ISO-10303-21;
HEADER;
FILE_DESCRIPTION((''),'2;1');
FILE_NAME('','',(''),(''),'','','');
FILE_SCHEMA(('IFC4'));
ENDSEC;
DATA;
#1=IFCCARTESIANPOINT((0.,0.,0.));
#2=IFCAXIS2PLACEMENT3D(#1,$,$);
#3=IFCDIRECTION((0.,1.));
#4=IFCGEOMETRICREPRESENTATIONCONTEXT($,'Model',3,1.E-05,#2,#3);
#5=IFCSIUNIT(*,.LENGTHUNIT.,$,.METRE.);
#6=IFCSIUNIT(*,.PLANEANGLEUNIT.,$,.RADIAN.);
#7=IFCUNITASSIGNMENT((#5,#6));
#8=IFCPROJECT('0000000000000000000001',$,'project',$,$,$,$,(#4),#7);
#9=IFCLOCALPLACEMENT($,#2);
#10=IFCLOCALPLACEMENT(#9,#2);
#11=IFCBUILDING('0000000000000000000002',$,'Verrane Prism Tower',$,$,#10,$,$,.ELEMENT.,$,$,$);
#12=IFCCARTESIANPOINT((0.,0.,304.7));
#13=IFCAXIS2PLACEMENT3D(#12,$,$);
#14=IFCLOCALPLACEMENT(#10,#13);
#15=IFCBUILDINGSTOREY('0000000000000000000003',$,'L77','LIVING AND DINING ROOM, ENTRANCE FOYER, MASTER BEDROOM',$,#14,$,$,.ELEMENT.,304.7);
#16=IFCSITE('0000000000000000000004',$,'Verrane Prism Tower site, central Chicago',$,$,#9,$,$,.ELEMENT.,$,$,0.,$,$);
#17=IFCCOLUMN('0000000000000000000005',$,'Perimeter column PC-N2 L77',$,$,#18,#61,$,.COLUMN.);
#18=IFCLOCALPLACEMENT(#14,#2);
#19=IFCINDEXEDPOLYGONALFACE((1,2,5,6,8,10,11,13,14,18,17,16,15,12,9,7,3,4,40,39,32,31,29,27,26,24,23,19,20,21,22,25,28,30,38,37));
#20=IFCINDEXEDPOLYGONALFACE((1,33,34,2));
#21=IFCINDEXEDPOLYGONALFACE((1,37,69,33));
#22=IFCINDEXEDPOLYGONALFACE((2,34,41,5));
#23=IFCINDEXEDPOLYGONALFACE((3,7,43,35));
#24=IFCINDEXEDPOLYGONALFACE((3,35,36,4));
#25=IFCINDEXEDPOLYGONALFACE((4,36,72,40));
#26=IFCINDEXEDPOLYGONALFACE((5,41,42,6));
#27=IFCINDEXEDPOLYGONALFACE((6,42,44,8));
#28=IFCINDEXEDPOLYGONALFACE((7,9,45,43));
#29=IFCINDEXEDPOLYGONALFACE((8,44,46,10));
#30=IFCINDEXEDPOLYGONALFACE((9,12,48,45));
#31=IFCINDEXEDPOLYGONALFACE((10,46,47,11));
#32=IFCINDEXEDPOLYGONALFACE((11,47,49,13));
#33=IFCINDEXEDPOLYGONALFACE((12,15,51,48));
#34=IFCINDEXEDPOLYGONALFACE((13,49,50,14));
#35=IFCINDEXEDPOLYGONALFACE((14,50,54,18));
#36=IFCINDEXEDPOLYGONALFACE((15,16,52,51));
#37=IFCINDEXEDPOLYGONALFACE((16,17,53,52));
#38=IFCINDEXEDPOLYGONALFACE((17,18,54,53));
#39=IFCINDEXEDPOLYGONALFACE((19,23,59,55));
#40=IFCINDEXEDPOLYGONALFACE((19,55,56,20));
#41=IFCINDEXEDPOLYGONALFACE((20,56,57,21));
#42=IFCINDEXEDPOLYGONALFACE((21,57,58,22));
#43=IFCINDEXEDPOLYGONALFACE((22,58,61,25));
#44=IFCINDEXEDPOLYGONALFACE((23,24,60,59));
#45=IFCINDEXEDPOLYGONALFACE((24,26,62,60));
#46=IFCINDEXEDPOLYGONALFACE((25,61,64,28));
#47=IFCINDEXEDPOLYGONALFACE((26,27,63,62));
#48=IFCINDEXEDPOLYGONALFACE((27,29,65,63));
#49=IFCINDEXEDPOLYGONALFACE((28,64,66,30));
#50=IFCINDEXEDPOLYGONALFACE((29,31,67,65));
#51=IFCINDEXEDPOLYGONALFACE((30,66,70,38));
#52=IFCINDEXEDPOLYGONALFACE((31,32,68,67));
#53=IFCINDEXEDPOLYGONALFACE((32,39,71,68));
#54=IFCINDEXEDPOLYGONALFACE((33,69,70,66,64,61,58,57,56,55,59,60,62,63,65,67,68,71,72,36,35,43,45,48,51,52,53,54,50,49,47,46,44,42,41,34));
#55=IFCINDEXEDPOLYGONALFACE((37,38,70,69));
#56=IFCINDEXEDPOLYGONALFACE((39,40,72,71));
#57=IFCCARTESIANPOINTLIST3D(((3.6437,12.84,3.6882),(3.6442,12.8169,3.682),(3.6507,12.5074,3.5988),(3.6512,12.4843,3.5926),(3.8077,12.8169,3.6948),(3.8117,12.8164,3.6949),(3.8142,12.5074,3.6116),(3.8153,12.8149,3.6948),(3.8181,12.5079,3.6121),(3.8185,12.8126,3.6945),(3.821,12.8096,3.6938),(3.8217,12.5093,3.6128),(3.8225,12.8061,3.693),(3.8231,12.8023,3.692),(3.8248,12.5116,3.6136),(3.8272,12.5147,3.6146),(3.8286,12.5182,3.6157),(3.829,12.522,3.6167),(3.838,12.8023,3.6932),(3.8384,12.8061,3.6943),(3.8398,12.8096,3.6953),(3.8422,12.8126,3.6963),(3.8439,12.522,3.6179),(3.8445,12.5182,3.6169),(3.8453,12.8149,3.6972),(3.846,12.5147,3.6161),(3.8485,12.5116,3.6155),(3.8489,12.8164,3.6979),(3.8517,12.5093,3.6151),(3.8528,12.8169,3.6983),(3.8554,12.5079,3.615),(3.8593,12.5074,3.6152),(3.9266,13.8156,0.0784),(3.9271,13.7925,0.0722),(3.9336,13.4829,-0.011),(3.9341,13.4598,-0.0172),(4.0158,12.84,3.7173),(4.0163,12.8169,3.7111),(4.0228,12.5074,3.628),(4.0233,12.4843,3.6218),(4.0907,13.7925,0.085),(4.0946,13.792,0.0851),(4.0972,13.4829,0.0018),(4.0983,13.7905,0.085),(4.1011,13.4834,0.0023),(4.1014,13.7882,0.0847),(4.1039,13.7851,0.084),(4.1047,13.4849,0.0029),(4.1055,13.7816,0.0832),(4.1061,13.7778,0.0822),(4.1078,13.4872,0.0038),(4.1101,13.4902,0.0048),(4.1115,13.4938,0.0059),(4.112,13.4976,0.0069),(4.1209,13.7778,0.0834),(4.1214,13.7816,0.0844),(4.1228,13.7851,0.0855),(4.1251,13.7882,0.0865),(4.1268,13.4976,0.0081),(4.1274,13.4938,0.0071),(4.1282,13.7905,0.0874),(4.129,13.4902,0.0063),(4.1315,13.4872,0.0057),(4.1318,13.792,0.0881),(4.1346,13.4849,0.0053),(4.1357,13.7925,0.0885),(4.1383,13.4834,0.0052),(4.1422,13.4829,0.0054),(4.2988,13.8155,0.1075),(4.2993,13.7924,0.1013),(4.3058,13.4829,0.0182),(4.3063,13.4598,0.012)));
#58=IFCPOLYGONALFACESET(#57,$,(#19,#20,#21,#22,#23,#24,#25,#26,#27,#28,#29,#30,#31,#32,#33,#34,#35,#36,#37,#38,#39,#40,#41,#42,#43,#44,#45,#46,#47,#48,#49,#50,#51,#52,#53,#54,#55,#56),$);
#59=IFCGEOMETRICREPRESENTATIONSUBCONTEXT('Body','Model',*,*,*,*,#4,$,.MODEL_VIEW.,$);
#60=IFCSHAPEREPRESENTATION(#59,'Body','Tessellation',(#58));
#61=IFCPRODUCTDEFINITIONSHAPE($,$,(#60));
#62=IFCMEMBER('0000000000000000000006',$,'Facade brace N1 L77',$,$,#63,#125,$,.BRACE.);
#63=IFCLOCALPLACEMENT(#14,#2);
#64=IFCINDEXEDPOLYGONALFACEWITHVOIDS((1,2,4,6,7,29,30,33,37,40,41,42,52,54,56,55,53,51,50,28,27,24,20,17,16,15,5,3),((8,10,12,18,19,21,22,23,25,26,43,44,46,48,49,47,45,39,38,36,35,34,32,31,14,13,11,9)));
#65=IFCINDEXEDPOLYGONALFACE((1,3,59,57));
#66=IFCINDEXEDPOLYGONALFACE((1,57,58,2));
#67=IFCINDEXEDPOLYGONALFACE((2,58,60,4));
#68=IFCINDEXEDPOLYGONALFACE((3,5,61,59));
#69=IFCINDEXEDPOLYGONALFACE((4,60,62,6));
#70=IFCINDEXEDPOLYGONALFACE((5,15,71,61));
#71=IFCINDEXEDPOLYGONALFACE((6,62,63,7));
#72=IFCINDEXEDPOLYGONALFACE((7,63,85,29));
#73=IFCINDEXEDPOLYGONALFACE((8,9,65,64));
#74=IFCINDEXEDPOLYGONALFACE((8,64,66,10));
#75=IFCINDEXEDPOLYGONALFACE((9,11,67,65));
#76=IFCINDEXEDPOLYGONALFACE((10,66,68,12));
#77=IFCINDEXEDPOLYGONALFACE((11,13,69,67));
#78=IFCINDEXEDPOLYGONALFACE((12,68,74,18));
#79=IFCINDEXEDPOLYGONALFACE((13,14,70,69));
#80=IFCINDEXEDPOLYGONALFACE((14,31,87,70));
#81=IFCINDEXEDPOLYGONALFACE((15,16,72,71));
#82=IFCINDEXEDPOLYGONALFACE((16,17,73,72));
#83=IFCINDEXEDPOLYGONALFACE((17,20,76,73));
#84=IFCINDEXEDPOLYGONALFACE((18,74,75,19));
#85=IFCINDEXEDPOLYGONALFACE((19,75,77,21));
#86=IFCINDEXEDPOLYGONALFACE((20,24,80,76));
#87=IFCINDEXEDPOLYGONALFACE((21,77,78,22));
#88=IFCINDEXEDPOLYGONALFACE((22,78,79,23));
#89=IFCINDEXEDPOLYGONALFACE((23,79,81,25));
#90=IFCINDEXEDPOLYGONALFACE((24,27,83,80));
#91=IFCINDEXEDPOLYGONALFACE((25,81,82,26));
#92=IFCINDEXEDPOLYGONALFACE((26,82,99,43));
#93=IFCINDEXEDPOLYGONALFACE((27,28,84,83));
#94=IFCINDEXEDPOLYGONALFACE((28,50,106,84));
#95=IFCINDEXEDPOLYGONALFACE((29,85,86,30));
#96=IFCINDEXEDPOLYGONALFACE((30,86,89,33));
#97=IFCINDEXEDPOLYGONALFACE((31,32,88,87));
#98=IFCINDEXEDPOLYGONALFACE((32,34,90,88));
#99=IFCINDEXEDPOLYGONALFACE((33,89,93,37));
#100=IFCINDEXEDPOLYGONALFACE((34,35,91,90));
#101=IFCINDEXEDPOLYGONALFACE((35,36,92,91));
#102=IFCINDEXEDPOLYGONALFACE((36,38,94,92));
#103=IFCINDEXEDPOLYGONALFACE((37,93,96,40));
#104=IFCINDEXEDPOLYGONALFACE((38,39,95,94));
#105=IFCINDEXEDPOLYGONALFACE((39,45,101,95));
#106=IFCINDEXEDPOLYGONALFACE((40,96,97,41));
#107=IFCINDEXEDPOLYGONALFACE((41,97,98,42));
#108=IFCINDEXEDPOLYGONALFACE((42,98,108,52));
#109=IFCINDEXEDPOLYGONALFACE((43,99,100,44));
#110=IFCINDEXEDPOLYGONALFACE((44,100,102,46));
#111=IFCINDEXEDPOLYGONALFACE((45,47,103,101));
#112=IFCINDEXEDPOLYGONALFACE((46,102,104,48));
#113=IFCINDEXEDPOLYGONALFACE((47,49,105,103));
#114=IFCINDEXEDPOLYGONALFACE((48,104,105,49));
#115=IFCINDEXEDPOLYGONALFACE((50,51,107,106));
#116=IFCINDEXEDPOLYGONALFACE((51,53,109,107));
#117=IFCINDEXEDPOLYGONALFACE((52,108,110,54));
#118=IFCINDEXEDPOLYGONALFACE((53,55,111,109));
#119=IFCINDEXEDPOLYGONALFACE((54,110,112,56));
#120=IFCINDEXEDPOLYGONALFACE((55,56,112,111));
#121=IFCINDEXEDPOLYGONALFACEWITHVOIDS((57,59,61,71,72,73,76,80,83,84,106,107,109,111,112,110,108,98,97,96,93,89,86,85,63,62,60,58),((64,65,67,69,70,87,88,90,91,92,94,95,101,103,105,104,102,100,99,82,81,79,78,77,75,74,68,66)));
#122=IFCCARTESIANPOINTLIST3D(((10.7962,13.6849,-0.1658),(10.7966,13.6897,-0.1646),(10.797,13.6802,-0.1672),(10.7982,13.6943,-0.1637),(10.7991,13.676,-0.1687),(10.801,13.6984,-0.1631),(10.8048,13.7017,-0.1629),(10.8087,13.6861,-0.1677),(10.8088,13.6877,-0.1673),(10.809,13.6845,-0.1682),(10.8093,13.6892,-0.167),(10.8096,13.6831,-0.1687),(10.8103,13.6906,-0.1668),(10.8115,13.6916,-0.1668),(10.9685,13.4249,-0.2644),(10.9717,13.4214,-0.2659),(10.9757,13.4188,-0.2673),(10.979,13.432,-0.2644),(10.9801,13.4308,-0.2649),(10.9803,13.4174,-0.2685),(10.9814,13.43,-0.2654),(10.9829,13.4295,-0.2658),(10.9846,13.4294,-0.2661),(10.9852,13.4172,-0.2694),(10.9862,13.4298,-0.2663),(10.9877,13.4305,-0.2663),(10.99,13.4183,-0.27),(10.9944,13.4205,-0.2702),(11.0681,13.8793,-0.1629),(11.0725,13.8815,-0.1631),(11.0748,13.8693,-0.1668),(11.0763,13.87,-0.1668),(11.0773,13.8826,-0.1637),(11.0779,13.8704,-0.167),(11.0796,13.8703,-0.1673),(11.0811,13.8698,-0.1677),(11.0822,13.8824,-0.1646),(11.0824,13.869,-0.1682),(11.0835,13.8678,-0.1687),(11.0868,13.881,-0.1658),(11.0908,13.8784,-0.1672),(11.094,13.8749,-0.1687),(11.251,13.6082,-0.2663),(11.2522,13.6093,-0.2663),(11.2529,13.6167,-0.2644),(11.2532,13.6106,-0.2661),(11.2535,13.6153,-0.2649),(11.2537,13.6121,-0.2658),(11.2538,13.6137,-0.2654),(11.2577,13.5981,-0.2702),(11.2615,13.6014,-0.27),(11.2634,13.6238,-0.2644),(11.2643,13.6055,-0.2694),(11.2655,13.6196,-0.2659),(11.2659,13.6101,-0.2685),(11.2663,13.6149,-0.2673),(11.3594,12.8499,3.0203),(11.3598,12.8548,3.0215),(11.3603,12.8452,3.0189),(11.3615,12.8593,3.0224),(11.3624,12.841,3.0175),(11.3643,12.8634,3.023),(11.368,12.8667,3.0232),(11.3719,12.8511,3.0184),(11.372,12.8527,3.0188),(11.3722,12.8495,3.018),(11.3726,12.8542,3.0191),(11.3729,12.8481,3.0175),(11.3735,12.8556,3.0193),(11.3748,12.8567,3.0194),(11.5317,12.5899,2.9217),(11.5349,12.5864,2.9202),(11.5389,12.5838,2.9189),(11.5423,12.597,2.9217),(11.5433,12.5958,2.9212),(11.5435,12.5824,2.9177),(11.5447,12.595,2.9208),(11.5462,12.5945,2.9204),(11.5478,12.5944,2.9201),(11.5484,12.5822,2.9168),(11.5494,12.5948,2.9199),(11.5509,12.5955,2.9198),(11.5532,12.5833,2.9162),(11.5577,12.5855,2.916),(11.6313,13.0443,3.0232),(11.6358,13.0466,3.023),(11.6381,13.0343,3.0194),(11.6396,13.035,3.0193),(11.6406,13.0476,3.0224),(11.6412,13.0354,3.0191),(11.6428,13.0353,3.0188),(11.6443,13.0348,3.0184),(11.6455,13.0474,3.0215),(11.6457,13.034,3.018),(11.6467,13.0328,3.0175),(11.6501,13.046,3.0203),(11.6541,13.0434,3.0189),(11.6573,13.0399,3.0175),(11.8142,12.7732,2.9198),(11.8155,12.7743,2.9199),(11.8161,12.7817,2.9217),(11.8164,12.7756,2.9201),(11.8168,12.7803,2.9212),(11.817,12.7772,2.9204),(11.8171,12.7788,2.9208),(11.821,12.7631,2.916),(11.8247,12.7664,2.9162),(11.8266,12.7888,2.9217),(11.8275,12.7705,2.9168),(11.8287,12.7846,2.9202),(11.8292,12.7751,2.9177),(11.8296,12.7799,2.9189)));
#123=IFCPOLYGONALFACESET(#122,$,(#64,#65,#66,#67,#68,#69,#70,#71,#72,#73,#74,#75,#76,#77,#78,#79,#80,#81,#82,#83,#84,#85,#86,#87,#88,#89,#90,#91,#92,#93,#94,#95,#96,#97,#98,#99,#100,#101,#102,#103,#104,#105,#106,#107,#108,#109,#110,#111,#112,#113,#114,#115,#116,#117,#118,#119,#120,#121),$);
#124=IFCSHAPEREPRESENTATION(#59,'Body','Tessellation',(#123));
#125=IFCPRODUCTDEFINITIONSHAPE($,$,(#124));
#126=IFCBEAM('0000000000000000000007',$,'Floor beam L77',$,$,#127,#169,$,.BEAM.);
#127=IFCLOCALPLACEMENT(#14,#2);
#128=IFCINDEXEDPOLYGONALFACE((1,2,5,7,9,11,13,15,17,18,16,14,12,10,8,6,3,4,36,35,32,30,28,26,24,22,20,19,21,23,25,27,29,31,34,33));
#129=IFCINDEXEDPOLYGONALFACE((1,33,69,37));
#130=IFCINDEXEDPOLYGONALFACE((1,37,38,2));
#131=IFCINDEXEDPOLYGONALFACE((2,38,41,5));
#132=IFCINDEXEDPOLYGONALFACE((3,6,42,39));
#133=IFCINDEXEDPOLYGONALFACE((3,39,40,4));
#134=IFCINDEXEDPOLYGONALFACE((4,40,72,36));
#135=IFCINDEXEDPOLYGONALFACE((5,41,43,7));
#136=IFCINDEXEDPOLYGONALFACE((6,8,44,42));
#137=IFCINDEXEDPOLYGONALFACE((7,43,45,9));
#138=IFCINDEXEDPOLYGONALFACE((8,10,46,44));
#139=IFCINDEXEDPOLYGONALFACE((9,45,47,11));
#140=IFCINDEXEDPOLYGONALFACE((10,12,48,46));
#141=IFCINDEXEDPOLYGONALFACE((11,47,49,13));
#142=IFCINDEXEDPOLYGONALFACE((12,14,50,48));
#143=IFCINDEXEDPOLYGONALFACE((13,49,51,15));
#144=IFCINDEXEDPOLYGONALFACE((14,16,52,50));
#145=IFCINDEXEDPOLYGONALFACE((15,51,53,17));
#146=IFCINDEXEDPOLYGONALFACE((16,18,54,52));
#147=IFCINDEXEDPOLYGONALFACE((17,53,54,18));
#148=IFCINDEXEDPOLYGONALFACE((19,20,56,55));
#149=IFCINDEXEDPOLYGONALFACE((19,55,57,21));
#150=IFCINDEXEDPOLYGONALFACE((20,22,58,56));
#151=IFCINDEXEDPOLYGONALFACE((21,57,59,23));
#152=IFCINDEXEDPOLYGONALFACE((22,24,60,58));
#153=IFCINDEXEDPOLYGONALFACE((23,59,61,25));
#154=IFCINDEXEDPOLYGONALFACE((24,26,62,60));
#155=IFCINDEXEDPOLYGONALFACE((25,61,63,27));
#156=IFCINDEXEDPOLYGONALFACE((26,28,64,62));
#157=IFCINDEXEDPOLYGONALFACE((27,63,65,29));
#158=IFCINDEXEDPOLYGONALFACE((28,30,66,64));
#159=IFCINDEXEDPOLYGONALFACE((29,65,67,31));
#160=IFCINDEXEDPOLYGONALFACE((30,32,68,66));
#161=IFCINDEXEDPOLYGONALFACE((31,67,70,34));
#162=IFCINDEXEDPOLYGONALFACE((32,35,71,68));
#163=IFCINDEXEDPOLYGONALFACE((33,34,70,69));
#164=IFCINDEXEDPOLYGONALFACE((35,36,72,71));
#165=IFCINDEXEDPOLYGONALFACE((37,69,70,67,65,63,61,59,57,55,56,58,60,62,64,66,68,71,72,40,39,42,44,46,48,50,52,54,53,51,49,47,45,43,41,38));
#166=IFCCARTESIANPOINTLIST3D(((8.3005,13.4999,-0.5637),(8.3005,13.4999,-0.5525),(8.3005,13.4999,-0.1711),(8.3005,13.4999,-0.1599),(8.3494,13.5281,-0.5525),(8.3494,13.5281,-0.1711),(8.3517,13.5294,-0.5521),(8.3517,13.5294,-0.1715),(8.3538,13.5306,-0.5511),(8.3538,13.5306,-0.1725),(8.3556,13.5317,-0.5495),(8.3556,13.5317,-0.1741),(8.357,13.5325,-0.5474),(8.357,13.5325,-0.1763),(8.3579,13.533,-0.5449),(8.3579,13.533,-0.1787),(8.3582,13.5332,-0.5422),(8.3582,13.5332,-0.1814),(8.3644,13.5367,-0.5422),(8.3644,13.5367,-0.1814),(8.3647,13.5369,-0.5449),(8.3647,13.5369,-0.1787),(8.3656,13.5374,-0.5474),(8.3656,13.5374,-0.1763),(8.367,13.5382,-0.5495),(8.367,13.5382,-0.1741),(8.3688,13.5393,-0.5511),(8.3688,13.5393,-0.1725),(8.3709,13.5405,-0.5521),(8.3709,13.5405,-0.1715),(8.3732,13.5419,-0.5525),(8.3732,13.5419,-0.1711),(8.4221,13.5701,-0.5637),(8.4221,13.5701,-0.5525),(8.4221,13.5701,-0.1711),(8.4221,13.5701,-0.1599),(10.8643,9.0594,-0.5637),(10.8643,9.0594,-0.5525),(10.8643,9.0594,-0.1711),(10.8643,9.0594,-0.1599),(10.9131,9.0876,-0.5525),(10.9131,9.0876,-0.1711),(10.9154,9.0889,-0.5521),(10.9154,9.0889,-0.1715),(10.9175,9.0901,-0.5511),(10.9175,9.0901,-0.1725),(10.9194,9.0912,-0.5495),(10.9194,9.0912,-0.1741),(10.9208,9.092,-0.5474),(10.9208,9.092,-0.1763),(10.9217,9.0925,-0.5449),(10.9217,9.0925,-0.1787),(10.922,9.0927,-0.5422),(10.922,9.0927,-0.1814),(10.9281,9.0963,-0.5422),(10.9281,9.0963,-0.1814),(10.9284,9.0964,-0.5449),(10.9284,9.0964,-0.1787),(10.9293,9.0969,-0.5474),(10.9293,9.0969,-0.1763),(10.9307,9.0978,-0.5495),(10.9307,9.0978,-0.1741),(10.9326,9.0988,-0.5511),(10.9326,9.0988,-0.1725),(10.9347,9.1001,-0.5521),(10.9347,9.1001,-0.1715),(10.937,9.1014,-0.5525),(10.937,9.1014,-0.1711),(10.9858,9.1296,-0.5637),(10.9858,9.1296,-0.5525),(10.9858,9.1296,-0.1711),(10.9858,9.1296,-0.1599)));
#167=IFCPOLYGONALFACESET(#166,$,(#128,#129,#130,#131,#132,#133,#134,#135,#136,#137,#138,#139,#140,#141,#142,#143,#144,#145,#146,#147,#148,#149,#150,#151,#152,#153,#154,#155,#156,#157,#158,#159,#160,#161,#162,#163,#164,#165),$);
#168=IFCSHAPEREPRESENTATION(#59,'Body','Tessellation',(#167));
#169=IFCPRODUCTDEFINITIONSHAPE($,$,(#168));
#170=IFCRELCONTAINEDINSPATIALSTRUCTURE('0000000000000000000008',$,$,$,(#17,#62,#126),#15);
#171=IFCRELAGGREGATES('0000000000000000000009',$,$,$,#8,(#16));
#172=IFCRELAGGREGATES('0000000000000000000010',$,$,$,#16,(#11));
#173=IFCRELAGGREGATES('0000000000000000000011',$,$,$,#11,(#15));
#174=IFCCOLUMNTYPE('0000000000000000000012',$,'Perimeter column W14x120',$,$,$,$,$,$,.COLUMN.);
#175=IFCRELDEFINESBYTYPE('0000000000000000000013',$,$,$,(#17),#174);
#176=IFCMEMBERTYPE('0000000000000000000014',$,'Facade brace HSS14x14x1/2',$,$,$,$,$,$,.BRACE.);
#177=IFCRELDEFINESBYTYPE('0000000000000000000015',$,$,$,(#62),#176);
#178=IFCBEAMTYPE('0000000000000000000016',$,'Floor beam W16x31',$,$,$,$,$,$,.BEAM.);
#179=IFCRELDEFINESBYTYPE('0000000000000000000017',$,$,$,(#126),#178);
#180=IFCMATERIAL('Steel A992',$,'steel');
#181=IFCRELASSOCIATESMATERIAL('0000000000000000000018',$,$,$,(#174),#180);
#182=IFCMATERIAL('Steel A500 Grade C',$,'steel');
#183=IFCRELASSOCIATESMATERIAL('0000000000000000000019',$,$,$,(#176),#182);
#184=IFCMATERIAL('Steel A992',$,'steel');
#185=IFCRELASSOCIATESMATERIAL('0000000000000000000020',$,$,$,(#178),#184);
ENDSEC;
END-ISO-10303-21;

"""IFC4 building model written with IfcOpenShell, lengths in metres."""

from ifc_helpers import new_model, si_unit, direction, frame, origin, origin_2d, place, context, subcontext, project, spatial, hollow_rectangle, i_section, extrude, material, material_profile, profile_set, type_object, element, save


model = new_model("IFC4")

# Units and contexts
model_context = context("Model", 3, precision=1e-05, world=origin(), true_north=direction((0.0, 1.0)))
body_context = subcontext(model_context, "Body", "Model", "MODEL_VIEW")
ifc_project = project(units=[si_unit("LENGTHUNIT", "METRE"), si_unit("PLANEANGLEUNIT", "RADIAN")], contexts=[model_context])

# Site, building, storey
site_placement = place(None, origin())
site = spatial("IfcSite", under=ifc_project, at=site_placement, Name="Verrane Prism Tower site, central Chicago", CompositionType="ELEMENT", RefElevation=0.0)
building_placement = place(site_placement, origin())
building = spatial("IfcBuilding", under=site, at=building_placement, Name="Verrane Prism Tower", CompositionType="ELEMENT")
storey_placement = place(building_placement, frame((0.0, 0.0, 304.7)))
storey = spatial("IfcBuildingStorey", under=building, at=storey_placement, Name="L77", Description="LIVING AND DINING ROOM, ENTRANCE FOYER, MASTER BEDROOM", CompositionType="ELEMENT", Elevation=304.7)

# Column
ifc_material_1 = material(Name="Steel A992", Category="steel")
ifc_material_profile_1 = material_profile(ifc_material_1, i_section(OverallWidth=0.3733, OverallDepth=0.3684, WebThickness=0.0149, FlangeThickness=0.0239, FilletRadius=0.0151, at=origin_2d()), Name="W14x120")
ifc_profile_set_1 = profile_set([ifc_material_profile_1], Name="Steel A992")
column_type = type_object("IfcColumnType", Name="Perimeter column W14x120", PredefinedType="COLUMN", material=ifc_profile_set_1)
column_placement = place(storey_placement, frame((4.1165, 13.6377, 0.0452), z_axis=(-0.075455, -0.260152, 0.962615), x_axis=(0.996943, -0.000037, 0.078135)))
element("IfcColumn", 1, at=column_placement, inside=storey, type_object=column_type, Name="Perimeter column PC-N2 L77", PredefinedType="COLUMN", context=body_context, shape_type="SweptSolid", body=[
    extrude(i_section(OverallWidth=0.3733, OverallDepth=0.3684, WebThickness=0.0149, FlangeThickness=0.0239, FilletRadius=0.0151, at=origin_2d()), origin(), (0.0, 0.0, 1.0), 3.75),
])

# Member
ifc_material_2 = material(Name="Steel A500 Grade C", Category="steel")
ifc_material_profile_2 = material_profile(ifc_material_2, hollow_rectangle(XDim=0.3557, YDim=0.3557, WallThickness=0.0127, InnerFilletRadius=0.0063, OuterFilletRadius=0.019, at=origin_2d()), Name="HSS14x14x1/2")
ifc_profile_set_2 = profile_set([ifc_material_profile_2], Name="Steel A500 Grade C")
member_type_1 = type_object("IfcMemberType", Name="Facade brace HSS14x14x1/2", PredefinedType="BRACE", material=ifc_profile_set_2)
member_1_placement = place(storey_placement, frame((11.0312, 13.6499, -0.2166), z_axis=(0.16856, -0.249881, 0.953492), x_axis=(0.829017, 0.559223, 0.0)))
element("IfcMember", 2, at=member_1_placement, inside=storey, type_object=member_type_1, Name="Facade brace N1 L77", PredefinedType="BRACE", context=body_context, shape_type="SweptSolid", body=[
    extrude(hollow_rectangle(XDim=0.3557, YDim=0.3557, WallThickness=0.0127, InnerFilletRadius=0.0063, OuterFilletRadius=0.019, at=origin_2d()), origin(), (0.0, 0.0, 1.0), 3.3416),
])

# Beam
ifc_material_3 = material(Name="Steel A992", Category="steel")
ifc_material_profile_3 = material_profile(ifc_material_3, i_section(OverallWidth=0.1404, OverallDepth=0.4038, WebThickness=0.0071, FlangeThickness=0.0112, FilletRadius=0.0103, at=origin_2d()), Name="W16x31")
ifc_profile_set_3 = profile_set([ifc_material_profile_3], Name="Steel A992")
beam_type_1 = type_object("IfcBeamType", Name="Floor beam W16x31", PredefinedType="BEAM", material=ifc_profile_set_3)
beam_1_placement = place(storey_placement, frame((10.925, 9.0945, -0.3618), z_axis=(-0.500005, 0.866022, 0.0), x_axis=(-0.866022, -0.500005, 0.0)))
element("IfcBeam", 3, at=beam_1_placement, inside=storey, type_object=beam_type_1, Name="Floor beam L77", PredefinedType="BEAM", context=body_context, shape_type="SweptSolid", body=[
    extrude(i_section(OverallWidth=0.1404, OverallDepth=0.4038, WebThickness=0.0071, FlangeThickness=0.0112, FilletRadius=0.0103, at=origin_2d()), origin(), (0.0, 0.0, 1.0), 5.1274),
])

save(model, "model.ifc")
